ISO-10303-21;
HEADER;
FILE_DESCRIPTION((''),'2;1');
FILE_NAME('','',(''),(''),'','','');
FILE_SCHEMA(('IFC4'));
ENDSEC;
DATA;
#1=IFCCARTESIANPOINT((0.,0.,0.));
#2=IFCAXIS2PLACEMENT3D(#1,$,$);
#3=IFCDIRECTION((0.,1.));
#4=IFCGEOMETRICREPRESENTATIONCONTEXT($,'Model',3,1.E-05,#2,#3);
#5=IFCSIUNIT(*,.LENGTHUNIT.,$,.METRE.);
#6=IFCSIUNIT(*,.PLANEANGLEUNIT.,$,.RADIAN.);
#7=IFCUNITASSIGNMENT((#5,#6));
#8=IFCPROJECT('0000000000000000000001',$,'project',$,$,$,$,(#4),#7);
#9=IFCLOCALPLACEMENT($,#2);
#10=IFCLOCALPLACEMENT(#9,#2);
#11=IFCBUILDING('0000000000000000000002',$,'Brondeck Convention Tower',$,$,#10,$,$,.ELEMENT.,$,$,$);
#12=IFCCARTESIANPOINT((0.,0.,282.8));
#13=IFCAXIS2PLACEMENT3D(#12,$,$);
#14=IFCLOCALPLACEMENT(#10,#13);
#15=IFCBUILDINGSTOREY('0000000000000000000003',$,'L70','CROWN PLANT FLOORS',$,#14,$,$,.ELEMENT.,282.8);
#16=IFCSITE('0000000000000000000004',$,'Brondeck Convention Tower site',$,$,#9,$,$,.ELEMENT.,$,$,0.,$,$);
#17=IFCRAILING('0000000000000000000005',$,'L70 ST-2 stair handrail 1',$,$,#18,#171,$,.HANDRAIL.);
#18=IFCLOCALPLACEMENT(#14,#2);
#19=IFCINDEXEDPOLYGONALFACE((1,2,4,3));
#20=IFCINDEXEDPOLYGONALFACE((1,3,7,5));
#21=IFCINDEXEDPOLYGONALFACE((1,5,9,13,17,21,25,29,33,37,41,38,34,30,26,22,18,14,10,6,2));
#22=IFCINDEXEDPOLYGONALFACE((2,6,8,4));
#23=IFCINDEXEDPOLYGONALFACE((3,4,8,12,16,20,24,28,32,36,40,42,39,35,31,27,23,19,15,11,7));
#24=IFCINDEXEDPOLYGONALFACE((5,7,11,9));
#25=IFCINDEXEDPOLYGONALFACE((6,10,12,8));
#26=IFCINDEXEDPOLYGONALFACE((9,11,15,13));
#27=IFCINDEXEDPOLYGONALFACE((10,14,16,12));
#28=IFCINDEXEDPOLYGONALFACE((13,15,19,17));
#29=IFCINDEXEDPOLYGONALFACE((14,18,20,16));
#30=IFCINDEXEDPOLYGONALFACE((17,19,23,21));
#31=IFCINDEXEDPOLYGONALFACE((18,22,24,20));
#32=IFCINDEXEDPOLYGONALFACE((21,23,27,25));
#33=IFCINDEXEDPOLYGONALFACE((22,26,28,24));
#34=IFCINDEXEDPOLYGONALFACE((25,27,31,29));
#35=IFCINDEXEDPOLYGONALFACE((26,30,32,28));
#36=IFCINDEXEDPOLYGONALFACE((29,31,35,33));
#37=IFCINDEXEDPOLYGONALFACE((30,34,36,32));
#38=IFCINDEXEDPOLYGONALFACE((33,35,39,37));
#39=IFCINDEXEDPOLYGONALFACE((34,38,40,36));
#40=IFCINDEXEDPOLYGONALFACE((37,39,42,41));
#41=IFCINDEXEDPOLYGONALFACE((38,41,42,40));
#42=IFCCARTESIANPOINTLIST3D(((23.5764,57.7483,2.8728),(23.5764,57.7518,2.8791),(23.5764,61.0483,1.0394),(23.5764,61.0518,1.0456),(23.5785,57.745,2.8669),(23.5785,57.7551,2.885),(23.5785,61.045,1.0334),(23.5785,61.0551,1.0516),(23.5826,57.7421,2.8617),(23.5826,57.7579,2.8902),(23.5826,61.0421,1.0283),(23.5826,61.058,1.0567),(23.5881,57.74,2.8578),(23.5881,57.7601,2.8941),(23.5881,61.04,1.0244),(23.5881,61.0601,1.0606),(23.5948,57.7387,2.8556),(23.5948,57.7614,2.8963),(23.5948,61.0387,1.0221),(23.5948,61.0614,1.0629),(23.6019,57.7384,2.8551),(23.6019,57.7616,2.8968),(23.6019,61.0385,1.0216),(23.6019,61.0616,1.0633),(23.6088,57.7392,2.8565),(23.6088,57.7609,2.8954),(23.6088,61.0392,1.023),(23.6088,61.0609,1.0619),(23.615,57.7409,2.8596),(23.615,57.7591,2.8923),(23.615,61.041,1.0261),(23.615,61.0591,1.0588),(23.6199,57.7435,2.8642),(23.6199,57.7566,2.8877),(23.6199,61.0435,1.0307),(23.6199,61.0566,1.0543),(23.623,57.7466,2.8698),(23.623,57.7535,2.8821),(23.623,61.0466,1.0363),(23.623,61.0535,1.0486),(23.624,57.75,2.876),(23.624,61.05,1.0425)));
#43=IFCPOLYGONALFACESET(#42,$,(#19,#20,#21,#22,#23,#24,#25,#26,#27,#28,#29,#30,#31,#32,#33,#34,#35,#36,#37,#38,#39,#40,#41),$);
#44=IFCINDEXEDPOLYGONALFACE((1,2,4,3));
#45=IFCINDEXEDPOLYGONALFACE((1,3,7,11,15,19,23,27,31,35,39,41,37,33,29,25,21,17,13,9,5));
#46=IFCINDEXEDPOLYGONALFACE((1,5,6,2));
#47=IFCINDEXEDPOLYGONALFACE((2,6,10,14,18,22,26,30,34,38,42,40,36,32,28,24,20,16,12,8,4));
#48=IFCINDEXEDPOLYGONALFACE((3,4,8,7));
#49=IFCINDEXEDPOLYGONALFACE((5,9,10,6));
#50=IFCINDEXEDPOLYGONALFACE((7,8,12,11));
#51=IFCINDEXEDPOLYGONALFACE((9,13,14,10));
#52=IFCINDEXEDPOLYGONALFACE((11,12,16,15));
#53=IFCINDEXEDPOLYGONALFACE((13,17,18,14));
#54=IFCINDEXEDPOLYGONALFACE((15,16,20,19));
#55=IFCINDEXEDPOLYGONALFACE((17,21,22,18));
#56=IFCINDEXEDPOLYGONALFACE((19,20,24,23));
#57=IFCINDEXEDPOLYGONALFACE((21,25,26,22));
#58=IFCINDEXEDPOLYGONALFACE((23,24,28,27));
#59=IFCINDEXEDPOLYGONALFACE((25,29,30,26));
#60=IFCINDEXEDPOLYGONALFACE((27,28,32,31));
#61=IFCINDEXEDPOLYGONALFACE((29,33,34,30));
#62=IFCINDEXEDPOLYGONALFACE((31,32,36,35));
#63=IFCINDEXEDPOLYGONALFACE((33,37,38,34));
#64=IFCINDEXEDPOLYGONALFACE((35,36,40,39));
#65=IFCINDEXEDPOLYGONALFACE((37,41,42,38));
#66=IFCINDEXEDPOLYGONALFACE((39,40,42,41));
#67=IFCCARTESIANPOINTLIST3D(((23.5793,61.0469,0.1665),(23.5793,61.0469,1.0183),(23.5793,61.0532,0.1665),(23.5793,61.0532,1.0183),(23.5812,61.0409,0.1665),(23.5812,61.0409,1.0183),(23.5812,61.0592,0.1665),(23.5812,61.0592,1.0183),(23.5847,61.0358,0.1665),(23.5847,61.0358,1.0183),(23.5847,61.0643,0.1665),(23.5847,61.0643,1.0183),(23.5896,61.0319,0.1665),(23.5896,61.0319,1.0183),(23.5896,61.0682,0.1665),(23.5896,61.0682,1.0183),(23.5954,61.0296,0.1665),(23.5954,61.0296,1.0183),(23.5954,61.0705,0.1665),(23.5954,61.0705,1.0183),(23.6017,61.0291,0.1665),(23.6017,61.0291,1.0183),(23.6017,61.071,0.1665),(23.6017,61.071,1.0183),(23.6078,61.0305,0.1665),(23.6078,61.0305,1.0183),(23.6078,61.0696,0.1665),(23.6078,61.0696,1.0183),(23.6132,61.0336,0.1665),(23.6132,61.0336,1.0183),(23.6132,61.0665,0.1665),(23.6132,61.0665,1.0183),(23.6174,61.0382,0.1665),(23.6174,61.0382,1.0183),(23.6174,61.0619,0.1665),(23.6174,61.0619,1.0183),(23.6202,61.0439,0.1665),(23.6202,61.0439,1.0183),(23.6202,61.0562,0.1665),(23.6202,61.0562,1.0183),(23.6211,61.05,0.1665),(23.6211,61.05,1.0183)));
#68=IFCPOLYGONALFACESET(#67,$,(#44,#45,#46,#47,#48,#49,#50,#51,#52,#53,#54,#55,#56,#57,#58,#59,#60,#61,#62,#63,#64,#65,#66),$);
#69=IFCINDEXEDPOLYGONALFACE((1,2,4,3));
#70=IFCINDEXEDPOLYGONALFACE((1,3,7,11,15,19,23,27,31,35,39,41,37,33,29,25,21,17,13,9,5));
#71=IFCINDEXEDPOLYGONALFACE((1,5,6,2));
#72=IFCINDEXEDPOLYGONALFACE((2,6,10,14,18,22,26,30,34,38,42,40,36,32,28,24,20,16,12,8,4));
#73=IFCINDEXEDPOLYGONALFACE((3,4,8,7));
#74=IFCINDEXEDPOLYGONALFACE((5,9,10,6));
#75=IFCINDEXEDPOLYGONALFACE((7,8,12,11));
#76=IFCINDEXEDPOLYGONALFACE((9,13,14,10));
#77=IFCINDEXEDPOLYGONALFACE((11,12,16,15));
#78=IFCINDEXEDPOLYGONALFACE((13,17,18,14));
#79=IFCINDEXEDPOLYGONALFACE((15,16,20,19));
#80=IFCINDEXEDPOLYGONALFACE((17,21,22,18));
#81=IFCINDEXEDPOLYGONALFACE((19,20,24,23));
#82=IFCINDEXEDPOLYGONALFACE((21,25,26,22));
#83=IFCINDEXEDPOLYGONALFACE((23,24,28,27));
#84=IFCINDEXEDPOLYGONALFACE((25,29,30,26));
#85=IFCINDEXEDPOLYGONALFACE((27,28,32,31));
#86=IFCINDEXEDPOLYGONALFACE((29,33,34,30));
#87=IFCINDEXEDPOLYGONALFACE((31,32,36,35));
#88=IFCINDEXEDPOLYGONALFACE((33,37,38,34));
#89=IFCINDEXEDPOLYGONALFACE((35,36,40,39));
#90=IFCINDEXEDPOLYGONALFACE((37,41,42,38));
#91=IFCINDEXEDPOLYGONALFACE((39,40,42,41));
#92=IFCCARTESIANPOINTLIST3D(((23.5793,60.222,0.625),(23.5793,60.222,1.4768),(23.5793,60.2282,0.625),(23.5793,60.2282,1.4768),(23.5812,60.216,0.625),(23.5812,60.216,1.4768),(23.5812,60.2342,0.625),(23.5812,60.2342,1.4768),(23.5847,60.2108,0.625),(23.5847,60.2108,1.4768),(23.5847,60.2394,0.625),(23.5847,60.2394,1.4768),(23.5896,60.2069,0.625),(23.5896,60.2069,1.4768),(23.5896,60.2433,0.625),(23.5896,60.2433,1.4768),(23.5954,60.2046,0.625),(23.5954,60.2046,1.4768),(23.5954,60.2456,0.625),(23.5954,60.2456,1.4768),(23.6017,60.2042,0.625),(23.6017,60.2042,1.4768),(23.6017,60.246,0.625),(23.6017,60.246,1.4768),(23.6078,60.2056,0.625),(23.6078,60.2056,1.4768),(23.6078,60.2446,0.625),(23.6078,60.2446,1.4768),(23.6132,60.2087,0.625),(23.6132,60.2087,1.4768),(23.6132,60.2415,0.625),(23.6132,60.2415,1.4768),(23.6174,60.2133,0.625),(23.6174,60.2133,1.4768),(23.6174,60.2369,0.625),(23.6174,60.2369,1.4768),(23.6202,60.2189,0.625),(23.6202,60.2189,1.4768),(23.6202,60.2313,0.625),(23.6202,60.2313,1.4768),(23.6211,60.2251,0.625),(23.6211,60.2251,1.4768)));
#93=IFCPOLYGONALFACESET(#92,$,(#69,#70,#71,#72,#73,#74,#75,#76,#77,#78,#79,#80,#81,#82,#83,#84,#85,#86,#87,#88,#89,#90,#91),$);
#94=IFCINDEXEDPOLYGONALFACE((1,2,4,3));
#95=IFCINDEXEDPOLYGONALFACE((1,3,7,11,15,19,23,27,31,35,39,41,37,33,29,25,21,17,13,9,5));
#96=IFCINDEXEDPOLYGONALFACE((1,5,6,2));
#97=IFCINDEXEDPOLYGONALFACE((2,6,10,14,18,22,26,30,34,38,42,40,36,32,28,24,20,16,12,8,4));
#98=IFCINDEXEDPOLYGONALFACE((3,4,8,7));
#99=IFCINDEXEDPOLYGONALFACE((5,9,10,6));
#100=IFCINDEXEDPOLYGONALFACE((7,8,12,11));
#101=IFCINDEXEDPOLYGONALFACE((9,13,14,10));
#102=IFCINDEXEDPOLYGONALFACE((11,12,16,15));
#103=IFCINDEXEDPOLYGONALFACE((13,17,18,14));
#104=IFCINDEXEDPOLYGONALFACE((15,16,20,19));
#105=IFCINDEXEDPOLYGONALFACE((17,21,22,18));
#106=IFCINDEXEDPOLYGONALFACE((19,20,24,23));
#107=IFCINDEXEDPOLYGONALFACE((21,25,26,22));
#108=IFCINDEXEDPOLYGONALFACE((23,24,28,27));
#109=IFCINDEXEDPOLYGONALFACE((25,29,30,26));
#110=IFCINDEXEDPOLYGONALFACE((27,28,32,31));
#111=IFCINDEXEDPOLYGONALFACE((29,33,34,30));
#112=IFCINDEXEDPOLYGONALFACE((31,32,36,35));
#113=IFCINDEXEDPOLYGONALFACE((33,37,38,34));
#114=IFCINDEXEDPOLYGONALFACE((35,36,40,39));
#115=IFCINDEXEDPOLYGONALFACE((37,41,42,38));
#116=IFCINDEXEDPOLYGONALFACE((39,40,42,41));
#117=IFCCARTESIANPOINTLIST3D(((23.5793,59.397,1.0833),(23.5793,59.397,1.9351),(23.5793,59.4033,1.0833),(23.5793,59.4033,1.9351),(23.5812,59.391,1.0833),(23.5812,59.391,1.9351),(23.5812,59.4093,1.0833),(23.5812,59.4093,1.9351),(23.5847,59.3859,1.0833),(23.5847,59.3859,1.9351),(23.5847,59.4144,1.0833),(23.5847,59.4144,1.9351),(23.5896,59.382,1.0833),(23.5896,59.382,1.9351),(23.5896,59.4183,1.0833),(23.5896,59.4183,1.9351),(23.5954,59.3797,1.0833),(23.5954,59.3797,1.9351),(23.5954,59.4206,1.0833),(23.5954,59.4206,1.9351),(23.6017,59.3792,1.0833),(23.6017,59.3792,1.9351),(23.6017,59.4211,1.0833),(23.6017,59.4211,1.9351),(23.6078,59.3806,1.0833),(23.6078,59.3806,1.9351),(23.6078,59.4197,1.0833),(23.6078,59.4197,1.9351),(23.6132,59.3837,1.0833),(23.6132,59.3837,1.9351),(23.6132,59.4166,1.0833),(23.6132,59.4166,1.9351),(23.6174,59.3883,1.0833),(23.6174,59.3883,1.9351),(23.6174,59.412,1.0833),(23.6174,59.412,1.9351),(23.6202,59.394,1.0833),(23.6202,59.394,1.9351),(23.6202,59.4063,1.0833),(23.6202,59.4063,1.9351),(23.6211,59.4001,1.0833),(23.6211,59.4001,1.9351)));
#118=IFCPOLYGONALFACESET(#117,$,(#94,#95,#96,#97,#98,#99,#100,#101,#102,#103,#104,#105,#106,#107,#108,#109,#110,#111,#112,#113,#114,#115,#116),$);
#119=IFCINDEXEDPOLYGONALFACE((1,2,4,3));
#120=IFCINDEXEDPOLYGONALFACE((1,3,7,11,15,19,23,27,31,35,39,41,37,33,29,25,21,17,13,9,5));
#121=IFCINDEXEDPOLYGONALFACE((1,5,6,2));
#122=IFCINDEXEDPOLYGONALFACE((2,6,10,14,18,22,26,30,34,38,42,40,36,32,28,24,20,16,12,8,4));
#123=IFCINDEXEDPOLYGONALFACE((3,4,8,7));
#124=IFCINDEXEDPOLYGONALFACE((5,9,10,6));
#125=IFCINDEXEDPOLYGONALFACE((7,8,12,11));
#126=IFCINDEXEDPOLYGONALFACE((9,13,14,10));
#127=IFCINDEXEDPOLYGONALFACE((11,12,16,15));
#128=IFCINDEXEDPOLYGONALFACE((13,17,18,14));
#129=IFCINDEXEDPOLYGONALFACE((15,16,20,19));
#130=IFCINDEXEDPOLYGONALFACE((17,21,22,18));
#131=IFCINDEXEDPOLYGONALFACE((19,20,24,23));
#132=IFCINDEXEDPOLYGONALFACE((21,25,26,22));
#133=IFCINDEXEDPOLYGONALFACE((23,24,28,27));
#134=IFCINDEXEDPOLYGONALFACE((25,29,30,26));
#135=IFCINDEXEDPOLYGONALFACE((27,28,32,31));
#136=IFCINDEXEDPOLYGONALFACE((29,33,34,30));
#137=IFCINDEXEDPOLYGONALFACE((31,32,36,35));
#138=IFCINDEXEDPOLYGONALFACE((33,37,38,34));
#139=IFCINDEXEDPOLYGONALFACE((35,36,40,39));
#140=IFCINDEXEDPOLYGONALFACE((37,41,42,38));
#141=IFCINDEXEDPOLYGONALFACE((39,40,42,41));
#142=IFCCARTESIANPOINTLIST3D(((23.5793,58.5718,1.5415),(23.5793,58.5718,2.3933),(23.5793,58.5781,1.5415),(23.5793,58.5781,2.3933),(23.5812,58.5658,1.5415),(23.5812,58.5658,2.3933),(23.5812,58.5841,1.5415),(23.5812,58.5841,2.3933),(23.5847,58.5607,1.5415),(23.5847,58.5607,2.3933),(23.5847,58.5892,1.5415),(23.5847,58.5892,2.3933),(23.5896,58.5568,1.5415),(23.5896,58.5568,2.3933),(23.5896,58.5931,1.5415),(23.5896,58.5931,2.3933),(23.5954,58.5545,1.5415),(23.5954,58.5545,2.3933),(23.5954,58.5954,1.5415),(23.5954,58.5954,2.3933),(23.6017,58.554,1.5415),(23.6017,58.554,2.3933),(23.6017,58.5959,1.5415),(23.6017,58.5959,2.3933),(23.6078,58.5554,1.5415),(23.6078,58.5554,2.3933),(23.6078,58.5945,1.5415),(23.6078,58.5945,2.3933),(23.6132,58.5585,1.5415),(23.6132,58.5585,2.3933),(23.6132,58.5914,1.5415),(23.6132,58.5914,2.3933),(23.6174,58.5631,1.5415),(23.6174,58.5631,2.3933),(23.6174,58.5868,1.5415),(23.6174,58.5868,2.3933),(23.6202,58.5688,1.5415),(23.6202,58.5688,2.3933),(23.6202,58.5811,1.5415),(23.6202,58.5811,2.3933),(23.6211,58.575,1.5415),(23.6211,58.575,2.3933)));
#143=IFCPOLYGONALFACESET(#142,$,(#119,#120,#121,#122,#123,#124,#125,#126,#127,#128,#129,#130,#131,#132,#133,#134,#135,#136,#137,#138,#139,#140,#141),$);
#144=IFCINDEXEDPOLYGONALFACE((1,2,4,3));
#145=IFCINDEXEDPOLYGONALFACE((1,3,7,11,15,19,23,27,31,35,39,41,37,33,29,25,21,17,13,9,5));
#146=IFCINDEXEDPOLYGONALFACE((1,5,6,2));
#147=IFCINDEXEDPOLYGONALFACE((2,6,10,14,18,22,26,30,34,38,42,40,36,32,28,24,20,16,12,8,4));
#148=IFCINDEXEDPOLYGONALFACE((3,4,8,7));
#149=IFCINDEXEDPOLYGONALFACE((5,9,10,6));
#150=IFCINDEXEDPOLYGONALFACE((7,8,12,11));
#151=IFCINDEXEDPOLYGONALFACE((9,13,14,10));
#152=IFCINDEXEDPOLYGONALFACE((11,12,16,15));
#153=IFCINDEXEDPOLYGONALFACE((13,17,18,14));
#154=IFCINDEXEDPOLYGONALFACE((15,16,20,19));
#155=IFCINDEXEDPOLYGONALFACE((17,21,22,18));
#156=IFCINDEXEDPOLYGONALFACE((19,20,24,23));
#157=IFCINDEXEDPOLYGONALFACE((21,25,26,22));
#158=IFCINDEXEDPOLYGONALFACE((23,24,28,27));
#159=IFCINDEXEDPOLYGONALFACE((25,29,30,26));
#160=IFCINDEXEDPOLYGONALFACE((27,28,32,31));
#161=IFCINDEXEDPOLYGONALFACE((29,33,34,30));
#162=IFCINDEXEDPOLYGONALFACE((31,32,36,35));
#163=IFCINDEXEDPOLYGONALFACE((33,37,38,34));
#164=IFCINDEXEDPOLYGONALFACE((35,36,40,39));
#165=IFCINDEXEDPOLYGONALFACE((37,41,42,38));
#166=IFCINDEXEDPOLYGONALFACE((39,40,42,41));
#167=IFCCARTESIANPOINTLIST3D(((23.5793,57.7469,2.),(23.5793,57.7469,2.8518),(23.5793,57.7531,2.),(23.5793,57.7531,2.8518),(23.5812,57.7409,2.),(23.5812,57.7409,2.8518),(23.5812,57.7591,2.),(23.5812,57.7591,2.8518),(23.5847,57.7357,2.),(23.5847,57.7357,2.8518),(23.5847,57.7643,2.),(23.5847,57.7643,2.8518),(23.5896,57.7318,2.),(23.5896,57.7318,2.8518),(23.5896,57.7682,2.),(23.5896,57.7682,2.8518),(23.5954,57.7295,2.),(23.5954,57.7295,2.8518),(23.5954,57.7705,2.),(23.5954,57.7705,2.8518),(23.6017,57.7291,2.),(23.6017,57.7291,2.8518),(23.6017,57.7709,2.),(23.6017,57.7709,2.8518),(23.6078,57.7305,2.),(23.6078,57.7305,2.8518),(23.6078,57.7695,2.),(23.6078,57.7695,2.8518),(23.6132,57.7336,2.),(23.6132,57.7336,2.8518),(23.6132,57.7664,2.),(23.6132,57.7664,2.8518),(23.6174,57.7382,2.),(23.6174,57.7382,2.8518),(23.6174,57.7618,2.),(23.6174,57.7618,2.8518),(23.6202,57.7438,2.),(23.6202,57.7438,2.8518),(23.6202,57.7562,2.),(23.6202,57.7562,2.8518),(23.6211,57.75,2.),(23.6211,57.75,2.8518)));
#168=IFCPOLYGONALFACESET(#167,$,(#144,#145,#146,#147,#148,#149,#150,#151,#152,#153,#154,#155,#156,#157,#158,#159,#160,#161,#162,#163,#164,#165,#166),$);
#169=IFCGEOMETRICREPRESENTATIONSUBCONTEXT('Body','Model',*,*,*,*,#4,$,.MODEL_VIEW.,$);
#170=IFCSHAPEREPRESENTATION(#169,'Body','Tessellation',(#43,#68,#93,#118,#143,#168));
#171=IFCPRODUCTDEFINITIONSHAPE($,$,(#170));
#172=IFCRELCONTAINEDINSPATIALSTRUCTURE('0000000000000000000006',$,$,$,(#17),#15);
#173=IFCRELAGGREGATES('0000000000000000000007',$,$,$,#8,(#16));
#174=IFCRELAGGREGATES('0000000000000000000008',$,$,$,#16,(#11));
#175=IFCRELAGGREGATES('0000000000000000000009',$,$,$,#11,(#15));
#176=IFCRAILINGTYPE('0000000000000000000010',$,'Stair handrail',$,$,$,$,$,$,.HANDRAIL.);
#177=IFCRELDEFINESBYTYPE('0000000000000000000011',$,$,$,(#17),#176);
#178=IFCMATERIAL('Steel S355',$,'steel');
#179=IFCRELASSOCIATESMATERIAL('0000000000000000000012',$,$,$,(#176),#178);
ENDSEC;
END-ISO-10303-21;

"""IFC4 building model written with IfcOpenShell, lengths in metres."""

from ifc_helpers import new_model, si_unit, direction, frame, origin, origin_2d, place, context, subcontext, project, spatial, circle, extrude, material, type_object, element, save


model = new_model("IFC4")

# Units and contexts
model_context = context("Model", 3, precision=1e-05, world=origin(), true_north=direction((0.0, 1.0)))
body_context = subcontext(model_context, "Body", "Model", "MODEL_VIEW")
ifc_project = project(units=[si_unit("LENGTHUNIT", "METRE"), si_unit("PLANEANGLEUNIT", "RADIAN")], contexts=[model_context])

# Site, building, storey
site_placement = place(None, origin())
site = spatial("IfcSite", under=ifc_project, at=site_placement, Name="Brondeck Convention Tower site", CompositionType="ELEMENT", RefElevation=0.0)
building_placement = place(site_placement, origin())
building = spatial("IfcBuilding", under=site, at=building_placement, Name="Brondeck Convention Tower", CompositionType="ELEMENT")
storey_placement = place(building_placement, frame((0.0, 0.0, 282.8)))
storey = spatial("IfcBuildingStorey", under=building, at=storey_placement, Name="L70", Description="CROWN PLANT FLOORS", CompositionType="ELEMENT", Elevation=282.8)

# Railing
ifc_material_1 = material(Name="Steel S355", Category="steel")
railing_type_1 = type_object("IfcRailingType", Name="Stair handrail", PredefinedType="HANDRAIL", material=ifc_material_1)
railing_1_placement = place(storey_placement, frame((23.6001, 61.05, 0.1665)))
element("IfcRailing", 1, at=railing_1_placement, inside=storey, type_object=railing_type_1, Name="L70 ST-2 stair handrail 1", PredefinedType="HANDRAIL", context=body_context, shape_type="SweptSolid", body=[
    extrude(circle(Radius=0.0239, at=origin_2d()), frame((0.0, 0.0, 0.876), z_axis=(0.0, -0.874142, 0.48567), x_axis=(1.0, 0.0, 0.0)), (0.0, 0.0, 1.0), 3.7751),
    extrude(circle(Radius=0.021, at=origin_2d()), origin(), (0.0, 0.0, 1.0), 0.8518),
    extrude(circle(Radius=0.021, at=origin_2d()), frame((0.0, -0.825, 0.4585)), (0.0, 0.0, 1.0), 0.8518),
    extrude(circle(Radius=0.021, at=origin_2d()), frame((0.0, -1.6499, 0.9167)), (0.0, 0.0, 1.0), 0.8518),
    extrude(circle(Radius=0.021, at=origin_2d()), frame((0.0, -2.4751, 1.375)), (0.0, 0.0, 1.0), 0.8518),
    extrude(circle(Radius=0.021, at=origin_2d()), frame((0.0, -3.3, 1.8335)), (0.0, 0.0, 1.0), 0.8518),
])

save(model, "model.ifc")
